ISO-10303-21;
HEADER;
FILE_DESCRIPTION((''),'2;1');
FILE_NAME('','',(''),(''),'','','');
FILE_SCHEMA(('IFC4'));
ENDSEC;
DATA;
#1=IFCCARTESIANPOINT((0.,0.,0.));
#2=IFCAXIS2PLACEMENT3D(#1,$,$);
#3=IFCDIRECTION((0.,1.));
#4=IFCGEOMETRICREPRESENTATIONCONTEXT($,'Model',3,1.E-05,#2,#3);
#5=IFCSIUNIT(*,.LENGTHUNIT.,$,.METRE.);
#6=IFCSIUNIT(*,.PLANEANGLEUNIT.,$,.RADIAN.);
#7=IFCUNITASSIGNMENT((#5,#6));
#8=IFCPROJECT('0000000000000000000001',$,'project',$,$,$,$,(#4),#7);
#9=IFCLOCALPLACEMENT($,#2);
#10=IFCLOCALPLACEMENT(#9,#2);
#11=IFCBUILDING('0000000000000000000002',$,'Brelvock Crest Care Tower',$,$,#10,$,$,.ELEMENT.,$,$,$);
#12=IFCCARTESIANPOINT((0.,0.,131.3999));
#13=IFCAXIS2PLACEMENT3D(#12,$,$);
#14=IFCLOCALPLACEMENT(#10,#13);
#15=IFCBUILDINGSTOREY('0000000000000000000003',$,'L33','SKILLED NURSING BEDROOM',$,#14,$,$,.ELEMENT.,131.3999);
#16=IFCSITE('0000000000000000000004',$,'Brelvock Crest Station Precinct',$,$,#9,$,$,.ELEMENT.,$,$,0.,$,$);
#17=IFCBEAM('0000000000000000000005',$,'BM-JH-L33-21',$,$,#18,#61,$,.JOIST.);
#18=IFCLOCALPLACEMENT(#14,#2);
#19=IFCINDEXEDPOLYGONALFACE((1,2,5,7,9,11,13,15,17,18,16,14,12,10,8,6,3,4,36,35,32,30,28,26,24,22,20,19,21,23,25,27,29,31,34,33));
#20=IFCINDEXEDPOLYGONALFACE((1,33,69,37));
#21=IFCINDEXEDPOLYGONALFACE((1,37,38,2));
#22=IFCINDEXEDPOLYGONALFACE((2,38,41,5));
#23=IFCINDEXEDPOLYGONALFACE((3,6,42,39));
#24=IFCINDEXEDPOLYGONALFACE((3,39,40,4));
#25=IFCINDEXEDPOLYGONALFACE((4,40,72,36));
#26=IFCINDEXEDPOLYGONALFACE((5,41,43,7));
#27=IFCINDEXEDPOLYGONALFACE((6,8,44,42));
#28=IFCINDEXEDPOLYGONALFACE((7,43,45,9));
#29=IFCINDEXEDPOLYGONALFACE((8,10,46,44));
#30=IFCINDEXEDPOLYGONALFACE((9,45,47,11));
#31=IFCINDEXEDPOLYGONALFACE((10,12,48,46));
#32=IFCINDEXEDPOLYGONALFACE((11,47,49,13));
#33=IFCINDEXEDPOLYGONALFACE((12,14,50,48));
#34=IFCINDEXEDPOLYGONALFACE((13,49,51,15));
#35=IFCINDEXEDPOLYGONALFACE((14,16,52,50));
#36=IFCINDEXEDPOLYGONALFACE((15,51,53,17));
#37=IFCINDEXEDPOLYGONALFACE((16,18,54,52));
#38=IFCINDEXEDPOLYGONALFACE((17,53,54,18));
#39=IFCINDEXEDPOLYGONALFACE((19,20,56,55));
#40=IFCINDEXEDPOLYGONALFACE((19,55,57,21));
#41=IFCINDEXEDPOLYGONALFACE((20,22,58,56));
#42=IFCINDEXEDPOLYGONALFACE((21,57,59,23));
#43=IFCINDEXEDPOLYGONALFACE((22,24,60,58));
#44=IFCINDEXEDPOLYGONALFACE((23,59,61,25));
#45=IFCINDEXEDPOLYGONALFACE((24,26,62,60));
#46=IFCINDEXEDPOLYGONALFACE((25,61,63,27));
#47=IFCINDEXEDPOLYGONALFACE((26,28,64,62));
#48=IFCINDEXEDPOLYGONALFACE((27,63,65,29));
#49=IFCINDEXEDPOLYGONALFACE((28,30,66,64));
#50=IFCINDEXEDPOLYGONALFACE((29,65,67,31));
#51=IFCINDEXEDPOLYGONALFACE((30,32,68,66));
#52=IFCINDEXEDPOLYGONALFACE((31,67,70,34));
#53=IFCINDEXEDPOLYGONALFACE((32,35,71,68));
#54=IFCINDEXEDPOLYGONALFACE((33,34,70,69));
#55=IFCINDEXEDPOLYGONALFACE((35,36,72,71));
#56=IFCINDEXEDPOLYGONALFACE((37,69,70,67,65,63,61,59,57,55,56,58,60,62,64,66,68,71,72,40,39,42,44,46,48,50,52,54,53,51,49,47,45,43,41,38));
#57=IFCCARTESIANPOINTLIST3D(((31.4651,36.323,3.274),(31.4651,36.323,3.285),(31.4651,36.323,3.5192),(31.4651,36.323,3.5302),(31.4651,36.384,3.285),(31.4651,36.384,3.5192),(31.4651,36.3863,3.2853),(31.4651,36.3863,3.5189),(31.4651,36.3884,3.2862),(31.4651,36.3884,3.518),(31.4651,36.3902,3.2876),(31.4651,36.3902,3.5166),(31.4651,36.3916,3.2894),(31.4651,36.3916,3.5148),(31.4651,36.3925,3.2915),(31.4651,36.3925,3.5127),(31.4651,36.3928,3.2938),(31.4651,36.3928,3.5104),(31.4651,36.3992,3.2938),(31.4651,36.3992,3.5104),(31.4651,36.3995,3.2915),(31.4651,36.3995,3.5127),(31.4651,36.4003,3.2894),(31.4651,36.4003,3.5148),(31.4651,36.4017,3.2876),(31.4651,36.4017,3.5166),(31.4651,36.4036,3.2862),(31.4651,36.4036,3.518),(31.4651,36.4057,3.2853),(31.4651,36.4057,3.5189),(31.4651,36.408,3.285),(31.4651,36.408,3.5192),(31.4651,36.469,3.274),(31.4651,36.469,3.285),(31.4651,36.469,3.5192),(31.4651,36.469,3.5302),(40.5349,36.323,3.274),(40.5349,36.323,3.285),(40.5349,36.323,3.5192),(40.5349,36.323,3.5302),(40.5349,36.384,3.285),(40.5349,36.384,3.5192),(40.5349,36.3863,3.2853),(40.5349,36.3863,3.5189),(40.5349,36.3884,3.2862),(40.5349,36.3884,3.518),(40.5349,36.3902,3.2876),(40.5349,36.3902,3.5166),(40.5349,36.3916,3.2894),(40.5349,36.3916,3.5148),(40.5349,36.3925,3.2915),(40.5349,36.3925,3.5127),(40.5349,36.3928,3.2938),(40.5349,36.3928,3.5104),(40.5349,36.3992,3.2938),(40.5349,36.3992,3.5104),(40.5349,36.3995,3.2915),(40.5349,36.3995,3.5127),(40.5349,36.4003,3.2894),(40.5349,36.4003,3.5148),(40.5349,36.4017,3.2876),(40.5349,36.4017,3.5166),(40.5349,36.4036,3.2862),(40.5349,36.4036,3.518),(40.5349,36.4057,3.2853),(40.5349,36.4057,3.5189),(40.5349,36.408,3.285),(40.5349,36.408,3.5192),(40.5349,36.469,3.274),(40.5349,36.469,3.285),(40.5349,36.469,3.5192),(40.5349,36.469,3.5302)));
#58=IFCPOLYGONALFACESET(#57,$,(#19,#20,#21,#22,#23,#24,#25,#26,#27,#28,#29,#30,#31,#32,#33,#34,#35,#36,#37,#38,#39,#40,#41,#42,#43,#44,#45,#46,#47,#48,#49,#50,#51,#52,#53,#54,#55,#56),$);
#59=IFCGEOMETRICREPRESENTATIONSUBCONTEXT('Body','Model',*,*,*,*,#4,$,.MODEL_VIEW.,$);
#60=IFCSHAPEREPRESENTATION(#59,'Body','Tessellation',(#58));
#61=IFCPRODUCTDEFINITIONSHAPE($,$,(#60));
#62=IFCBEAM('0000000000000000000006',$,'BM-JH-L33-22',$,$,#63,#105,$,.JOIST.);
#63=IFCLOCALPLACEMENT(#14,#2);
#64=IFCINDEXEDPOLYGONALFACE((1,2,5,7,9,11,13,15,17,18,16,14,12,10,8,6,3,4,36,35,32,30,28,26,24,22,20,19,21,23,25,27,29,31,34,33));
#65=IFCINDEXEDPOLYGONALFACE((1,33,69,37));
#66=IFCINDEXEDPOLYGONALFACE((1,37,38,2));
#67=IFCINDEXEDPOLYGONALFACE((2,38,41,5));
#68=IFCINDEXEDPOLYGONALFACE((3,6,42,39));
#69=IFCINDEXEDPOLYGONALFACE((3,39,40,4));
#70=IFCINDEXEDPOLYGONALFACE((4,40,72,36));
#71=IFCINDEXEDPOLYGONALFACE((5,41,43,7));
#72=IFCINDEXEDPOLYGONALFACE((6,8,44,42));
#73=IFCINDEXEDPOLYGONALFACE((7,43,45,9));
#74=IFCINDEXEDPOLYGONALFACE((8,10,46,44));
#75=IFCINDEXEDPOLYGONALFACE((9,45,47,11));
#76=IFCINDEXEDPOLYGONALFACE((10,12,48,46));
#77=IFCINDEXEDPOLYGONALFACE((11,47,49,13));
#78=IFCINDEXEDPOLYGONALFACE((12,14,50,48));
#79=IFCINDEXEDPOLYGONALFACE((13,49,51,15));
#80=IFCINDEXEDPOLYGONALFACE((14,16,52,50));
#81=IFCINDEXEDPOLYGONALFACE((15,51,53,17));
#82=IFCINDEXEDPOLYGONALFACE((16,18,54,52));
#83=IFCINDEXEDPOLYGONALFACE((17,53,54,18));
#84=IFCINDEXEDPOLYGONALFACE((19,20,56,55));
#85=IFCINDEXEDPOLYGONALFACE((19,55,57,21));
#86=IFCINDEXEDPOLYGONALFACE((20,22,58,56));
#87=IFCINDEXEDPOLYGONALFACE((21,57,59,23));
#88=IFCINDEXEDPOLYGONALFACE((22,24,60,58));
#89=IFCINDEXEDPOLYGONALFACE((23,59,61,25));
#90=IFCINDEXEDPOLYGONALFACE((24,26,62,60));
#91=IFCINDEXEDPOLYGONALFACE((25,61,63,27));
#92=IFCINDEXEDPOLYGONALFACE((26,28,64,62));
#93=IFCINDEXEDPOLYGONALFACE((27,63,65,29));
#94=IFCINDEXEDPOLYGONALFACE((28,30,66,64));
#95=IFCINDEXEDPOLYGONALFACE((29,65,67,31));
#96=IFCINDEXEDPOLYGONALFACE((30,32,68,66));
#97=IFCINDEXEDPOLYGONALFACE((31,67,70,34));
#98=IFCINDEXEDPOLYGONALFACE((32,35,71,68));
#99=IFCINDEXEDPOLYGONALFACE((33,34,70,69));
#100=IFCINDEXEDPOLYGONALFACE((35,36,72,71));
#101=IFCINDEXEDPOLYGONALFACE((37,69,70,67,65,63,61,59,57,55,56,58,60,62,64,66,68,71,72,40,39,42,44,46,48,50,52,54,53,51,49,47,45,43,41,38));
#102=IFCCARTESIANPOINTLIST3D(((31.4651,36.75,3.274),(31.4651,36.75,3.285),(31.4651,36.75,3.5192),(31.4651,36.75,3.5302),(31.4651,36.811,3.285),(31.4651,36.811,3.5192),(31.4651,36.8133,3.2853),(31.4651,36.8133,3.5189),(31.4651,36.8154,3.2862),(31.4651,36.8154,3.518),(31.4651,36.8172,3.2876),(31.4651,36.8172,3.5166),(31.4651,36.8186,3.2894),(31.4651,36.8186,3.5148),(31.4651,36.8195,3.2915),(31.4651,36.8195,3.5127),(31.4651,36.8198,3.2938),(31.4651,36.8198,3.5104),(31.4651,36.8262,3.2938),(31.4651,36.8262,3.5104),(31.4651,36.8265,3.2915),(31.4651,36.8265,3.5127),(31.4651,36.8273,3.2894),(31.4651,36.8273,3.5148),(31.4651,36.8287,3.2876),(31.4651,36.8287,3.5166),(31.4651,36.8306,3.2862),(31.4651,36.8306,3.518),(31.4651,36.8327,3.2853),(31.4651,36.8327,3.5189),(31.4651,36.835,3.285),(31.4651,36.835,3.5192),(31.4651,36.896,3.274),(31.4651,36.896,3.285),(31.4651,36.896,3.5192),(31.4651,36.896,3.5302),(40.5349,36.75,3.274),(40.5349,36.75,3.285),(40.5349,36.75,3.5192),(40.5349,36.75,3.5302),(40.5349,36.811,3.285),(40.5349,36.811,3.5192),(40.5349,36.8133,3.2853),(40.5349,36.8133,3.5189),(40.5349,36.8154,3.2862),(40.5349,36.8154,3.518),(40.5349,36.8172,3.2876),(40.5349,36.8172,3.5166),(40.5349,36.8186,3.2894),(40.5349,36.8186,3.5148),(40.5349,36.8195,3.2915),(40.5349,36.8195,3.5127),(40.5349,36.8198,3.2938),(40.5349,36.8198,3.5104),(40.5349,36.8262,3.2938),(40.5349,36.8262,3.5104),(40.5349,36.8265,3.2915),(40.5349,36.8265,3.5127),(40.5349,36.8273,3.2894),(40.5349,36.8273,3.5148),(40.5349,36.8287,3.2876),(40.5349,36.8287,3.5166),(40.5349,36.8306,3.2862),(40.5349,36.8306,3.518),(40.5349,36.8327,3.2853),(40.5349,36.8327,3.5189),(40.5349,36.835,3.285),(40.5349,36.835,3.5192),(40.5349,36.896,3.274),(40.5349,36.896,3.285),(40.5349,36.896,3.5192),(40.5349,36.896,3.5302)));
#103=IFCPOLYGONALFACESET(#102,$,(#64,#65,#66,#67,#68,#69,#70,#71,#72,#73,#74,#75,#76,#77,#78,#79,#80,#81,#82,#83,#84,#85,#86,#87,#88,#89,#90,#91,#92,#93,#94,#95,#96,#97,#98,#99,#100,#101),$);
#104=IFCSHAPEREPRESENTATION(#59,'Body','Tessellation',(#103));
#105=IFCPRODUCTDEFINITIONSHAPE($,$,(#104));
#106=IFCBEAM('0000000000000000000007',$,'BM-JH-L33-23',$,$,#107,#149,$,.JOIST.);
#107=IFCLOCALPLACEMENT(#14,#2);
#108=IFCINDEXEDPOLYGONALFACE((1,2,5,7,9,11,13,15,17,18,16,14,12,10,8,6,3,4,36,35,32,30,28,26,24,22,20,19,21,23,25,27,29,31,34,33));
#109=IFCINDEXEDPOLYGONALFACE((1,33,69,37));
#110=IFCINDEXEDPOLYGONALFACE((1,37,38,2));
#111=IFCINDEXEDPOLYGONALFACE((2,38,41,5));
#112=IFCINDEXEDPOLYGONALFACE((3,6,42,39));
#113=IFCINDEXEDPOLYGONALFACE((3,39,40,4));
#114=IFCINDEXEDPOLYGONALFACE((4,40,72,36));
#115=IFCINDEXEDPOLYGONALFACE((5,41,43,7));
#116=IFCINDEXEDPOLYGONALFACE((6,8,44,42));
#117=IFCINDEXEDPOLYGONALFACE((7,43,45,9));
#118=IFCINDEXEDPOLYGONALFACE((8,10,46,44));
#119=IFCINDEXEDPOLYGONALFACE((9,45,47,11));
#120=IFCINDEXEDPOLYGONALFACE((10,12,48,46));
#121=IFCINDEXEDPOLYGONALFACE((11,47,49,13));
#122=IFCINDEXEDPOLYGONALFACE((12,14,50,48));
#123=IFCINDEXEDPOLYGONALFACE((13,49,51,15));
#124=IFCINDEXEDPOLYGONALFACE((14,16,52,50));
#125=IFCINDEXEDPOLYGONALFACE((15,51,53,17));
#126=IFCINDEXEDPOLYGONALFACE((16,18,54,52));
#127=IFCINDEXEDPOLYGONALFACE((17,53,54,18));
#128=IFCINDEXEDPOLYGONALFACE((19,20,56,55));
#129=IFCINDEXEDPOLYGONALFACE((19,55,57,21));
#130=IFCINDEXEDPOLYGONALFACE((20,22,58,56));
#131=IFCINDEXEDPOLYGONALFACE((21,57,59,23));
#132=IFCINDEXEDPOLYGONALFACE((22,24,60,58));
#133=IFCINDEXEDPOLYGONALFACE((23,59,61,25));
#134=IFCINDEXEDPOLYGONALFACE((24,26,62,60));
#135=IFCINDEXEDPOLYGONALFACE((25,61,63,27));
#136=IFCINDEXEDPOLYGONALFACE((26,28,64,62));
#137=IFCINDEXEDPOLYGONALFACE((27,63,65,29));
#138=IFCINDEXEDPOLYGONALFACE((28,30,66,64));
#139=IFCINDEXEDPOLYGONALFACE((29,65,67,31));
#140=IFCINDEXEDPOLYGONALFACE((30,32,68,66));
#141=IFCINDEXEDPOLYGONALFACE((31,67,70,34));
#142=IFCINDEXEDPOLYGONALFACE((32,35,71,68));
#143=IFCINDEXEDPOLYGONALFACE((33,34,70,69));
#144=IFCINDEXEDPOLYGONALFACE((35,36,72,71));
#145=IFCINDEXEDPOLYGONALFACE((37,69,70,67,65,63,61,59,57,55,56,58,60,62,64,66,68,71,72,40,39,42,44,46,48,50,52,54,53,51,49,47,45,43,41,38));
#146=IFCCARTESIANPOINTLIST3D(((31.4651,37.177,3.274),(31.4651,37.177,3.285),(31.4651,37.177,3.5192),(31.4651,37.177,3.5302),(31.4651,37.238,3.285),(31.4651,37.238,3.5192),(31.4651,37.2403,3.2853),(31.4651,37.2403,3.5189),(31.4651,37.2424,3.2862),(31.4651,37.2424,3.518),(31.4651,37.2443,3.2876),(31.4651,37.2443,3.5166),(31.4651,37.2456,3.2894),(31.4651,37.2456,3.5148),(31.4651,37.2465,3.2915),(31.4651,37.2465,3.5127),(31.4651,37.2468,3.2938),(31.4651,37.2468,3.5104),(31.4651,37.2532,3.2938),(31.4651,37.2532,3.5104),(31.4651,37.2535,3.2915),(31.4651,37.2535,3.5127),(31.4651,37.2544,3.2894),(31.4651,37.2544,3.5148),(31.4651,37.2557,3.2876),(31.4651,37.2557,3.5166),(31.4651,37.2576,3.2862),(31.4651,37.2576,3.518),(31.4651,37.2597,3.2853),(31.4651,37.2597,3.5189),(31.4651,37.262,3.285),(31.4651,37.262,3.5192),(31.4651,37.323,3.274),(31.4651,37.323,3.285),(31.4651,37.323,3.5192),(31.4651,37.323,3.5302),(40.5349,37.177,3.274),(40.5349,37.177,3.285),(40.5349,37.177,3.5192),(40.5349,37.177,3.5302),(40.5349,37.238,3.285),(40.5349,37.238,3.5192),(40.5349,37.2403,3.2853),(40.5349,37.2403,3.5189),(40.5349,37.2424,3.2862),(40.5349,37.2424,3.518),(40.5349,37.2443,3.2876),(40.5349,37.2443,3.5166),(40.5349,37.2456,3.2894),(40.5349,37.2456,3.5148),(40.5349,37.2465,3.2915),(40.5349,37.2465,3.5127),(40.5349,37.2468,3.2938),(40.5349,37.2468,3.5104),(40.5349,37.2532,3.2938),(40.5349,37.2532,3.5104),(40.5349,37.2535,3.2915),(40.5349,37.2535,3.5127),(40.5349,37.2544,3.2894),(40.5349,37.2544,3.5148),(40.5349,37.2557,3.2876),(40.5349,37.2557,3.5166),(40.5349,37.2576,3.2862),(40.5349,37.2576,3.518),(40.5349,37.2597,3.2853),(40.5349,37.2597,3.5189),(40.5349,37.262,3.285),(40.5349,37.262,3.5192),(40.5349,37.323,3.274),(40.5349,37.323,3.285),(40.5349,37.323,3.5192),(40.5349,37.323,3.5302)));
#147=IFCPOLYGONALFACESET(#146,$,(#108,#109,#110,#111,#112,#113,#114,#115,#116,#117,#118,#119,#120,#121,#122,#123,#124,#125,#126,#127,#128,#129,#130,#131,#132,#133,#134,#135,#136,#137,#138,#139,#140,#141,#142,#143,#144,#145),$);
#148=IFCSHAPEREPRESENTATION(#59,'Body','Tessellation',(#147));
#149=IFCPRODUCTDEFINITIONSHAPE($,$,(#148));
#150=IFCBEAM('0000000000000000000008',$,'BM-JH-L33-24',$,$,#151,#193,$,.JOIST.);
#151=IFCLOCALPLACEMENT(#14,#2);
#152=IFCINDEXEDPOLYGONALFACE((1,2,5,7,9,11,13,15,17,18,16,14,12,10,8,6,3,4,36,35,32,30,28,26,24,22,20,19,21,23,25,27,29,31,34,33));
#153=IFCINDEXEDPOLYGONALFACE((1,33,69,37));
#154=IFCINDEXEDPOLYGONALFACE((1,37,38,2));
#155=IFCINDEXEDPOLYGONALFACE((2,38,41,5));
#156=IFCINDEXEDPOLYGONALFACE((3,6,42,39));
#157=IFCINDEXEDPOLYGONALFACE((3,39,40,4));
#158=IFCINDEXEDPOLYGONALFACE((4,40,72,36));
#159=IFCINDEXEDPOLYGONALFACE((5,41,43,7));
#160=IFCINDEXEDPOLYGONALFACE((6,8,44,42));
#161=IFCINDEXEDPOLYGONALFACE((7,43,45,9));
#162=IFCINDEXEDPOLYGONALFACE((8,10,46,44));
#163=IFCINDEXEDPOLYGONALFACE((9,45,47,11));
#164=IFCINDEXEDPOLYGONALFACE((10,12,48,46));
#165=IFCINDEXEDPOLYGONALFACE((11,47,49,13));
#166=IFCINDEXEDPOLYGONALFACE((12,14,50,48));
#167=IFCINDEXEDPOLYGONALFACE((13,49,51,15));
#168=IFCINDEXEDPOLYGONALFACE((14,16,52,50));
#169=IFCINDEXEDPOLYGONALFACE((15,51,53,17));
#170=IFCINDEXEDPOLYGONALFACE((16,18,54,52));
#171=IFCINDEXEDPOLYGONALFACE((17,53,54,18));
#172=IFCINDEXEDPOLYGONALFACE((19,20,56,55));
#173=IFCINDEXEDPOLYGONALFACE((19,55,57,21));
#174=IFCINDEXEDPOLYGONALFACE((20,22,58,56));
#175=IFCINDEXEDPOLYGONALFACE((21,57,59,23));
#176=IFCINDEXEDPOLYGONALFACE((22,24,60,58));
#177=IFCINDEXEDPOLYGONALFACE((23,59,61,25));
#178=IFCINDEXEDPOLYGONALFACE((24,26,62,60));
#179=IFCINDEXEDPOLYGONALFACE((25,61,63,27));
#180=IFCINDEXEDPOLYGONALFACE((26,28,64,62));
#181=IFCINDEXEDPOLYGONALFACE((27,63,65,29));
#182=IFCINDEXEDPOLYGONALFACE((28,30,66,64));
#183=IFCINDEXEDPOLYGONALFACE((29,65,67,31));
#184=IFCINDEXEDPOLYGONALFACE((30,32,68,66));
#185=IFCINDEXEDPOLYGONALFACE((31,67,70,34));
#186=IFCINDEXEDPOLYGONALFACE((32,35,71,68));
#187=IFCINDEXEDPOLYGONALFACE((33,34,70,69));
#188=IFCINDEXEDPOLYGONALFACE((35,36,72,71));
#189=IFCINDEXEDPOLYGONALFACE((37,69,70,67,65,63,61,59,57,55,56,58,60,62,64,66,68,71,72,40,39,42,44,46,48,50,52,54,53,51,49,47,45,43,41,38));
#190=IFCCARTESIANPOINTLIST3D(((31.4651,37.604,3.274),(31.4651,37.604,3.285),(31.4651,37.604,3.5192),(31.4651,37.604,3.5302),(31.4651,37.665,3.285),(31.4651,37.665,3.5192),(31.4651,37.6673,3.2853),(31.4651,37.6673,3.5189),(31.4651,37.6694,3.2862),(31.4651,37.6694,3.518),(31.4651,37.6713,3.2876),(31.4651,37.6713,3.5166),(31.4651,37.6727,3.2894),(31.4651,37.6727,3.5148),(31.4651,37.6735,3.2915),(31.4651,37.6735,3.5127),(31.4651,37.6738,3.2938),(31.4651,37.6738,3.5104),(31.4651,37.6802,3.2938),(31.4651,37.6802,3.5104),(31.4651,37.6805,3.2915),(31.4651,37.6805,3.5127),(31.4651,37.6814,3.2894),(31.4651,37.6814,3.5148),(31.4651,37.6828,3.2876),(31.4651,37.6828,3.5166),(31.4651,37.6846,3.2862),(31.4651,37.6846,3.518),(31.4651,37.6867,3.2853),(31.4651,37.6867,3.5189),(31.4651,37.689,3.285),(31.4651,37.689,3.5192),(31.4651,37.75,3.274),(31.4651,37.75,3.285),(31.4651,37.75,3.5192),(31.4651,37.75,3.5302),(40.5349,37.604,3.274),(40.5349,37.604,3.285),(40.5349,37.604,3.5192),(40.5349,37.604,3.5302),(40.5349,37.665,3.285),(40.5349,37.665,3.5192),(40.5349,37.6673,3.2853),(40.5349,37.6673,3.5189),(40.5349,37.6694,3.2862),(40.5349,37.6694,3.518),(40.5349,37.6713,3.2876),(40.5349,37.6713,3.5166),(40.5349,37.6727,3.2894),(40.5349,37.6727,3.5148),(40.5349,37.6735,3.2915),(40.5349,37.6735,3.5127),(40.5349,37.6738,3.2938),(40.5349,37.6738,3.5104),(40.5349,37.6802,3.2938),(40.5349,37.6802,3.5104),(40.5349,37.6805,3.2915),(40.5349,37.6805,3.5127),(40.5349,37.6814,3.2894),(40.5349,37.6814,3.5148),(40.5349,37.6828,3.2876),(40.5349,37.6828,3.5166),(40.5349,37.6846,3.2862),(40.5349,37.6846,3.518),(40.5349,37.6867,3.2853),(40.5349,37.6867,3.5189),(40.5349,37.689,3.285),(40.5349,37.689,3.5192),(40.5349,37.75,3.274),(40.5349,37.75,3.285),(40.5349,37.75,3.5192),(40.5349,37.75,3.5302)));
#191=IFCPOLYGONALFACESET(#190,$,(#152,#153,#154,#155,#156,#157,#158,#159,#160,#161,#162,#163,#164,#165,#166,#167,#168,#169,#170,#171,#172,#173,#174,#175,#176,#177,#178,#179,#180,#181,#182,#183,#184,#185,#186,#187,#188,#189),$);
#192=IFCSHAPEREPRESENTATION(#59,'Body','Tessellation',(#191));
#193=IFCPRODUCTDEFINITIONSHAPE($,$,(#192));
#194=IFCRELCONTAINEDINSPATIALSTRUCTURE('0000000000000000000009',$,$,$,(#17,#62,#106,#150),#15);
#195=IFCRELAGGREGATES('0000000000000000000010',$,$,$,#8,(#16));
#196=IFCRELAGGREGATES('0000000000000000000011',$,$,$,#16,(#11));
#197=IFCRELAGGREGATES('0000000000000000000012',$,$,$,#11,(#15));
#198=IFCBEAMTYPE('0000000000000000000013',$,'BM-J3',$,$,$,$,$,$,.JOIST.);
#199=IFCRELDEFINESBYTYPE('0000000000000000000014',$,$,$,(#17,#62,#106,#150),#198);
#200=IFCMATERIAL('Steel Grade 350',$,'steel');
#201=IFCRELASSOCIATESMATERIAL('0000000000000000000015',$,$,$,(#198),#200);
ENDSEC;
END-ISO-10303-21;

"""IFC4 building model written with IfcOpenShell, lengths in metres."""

from ifc_helpers import new_model, si_unit, direction, frame, origin, origin_2d, place, context, subcontext, project, spatial, i_section, extrude, source, transform, mapped, material, material_profile, profile_set, type_object, element, save


model = new_model("IFC4")

# Units and contexts
model_context = context("Model", 3, precision=1e-05, world=origin(), true_north=direction((0.0, 1.0)))
body_context = subcontext(model_context, "Body", "Model", "MODEL_VIEW")
ifc_project = project(units=[si_unit("LENGTHUNIT", "METRE"), si_unit("PLANEANGLEUNIT", "RADIAN")], contexts=[model_context])

# Site, building, storey
site_placement = place(None, origin())
site = spatial("IfcSite", under=ifc_project, at=site_placement, Name="Brelvock Crest Station Precinct", CompositionType="ELEMENT", RefElevation=0.0)
building_placement = place(site_placement, origin())
building = spatial("IfcBuilding", under=site, at=building_placement, Name="Brelvock Crest Care Tower", CompositionType="ELEMENT")
storey_placement = place(building_placement, frame((0.0, 0.0, 131.3999)))
storey = spatial("IfcBuildingStorey", under=building, at=storey_placement, Name="L33", Description="SKILLED NURSING BEDROOM", CompositionType="ELEMENT", Elevation=131.3999)

# Beams
ifc_material = material(Name="Steel Grade 350", Category="steel")
ifc_material_profile = material_profile(ifc_material, i_section(OverallWidth=0.146, OverallDepth=0.2561, WebThickness=0.0063, FlangeThickness=0.011, FilletRadius=0.0088, at=origin_2d()), Name="250UB37.3")
ifc_profile_set = profile_set([ifc_material_profile], Name="Steel Grade 350")
beam_type = type_object("IfcBeamType", Name="BM-J3", PredefinedType="JOIST", material=ifc_profile_set)
shared_shape = source(origin(), body_context, "Body", "SweptSolid", [
    extrude(i_section(OverallWidth=0.146, OverallDepth=0.2561, WebThickness=0.0063, FlangeThickness=0.011, FilletRadius=0.0088, at=origin_2d()), origin(), (0.0, 0.0, 1.0), 9.0698),
])
for number, where, z_axis, x_axis, name in (
    (1, (31.4651, 36.396, 3.4021), (1.0, 0.0, 0.0), (0.0, 1.0, 0.0), "BM-JH-L33-21"),
    (2, (31.4651, 36.823, 3.4021), (1.0, 0.0, 0.0), (0.0, 1.0, 0.0), "BM-JH-L33-22"),
    (3, (31.4651, 37.25, 3.4021), (1.0, 0.0, 0.0), (0.0, 1.0, 0.0), "BM-JH-L33-23"),
    (4, (31.4651, 37.677, 3.4021), (1.0, 0.0, 0.0), (0.0, 1.0, 0.0), "BM-JH-L33-24"),
):
    element("IfcBeam", number, at=place(storey_placement, frame(where, z_axis=z_axis, x_axis=x_axis)), inside=storey, type_object=beam_type, Name=name, PredefinedType="JOIST", context=body_context, shape_type="MappedRepresentation", body=[
        mapped(shared_shape, transform((0.0, 0.0, 0.0), x_axis=(1.0, 0.0, 0.0), y_axis=(0.0, 1.0, 0.0), z_axis=(0.0, 0.0, 1.0), scale=1.0)),
    ])

save(model, "model.ifc")
